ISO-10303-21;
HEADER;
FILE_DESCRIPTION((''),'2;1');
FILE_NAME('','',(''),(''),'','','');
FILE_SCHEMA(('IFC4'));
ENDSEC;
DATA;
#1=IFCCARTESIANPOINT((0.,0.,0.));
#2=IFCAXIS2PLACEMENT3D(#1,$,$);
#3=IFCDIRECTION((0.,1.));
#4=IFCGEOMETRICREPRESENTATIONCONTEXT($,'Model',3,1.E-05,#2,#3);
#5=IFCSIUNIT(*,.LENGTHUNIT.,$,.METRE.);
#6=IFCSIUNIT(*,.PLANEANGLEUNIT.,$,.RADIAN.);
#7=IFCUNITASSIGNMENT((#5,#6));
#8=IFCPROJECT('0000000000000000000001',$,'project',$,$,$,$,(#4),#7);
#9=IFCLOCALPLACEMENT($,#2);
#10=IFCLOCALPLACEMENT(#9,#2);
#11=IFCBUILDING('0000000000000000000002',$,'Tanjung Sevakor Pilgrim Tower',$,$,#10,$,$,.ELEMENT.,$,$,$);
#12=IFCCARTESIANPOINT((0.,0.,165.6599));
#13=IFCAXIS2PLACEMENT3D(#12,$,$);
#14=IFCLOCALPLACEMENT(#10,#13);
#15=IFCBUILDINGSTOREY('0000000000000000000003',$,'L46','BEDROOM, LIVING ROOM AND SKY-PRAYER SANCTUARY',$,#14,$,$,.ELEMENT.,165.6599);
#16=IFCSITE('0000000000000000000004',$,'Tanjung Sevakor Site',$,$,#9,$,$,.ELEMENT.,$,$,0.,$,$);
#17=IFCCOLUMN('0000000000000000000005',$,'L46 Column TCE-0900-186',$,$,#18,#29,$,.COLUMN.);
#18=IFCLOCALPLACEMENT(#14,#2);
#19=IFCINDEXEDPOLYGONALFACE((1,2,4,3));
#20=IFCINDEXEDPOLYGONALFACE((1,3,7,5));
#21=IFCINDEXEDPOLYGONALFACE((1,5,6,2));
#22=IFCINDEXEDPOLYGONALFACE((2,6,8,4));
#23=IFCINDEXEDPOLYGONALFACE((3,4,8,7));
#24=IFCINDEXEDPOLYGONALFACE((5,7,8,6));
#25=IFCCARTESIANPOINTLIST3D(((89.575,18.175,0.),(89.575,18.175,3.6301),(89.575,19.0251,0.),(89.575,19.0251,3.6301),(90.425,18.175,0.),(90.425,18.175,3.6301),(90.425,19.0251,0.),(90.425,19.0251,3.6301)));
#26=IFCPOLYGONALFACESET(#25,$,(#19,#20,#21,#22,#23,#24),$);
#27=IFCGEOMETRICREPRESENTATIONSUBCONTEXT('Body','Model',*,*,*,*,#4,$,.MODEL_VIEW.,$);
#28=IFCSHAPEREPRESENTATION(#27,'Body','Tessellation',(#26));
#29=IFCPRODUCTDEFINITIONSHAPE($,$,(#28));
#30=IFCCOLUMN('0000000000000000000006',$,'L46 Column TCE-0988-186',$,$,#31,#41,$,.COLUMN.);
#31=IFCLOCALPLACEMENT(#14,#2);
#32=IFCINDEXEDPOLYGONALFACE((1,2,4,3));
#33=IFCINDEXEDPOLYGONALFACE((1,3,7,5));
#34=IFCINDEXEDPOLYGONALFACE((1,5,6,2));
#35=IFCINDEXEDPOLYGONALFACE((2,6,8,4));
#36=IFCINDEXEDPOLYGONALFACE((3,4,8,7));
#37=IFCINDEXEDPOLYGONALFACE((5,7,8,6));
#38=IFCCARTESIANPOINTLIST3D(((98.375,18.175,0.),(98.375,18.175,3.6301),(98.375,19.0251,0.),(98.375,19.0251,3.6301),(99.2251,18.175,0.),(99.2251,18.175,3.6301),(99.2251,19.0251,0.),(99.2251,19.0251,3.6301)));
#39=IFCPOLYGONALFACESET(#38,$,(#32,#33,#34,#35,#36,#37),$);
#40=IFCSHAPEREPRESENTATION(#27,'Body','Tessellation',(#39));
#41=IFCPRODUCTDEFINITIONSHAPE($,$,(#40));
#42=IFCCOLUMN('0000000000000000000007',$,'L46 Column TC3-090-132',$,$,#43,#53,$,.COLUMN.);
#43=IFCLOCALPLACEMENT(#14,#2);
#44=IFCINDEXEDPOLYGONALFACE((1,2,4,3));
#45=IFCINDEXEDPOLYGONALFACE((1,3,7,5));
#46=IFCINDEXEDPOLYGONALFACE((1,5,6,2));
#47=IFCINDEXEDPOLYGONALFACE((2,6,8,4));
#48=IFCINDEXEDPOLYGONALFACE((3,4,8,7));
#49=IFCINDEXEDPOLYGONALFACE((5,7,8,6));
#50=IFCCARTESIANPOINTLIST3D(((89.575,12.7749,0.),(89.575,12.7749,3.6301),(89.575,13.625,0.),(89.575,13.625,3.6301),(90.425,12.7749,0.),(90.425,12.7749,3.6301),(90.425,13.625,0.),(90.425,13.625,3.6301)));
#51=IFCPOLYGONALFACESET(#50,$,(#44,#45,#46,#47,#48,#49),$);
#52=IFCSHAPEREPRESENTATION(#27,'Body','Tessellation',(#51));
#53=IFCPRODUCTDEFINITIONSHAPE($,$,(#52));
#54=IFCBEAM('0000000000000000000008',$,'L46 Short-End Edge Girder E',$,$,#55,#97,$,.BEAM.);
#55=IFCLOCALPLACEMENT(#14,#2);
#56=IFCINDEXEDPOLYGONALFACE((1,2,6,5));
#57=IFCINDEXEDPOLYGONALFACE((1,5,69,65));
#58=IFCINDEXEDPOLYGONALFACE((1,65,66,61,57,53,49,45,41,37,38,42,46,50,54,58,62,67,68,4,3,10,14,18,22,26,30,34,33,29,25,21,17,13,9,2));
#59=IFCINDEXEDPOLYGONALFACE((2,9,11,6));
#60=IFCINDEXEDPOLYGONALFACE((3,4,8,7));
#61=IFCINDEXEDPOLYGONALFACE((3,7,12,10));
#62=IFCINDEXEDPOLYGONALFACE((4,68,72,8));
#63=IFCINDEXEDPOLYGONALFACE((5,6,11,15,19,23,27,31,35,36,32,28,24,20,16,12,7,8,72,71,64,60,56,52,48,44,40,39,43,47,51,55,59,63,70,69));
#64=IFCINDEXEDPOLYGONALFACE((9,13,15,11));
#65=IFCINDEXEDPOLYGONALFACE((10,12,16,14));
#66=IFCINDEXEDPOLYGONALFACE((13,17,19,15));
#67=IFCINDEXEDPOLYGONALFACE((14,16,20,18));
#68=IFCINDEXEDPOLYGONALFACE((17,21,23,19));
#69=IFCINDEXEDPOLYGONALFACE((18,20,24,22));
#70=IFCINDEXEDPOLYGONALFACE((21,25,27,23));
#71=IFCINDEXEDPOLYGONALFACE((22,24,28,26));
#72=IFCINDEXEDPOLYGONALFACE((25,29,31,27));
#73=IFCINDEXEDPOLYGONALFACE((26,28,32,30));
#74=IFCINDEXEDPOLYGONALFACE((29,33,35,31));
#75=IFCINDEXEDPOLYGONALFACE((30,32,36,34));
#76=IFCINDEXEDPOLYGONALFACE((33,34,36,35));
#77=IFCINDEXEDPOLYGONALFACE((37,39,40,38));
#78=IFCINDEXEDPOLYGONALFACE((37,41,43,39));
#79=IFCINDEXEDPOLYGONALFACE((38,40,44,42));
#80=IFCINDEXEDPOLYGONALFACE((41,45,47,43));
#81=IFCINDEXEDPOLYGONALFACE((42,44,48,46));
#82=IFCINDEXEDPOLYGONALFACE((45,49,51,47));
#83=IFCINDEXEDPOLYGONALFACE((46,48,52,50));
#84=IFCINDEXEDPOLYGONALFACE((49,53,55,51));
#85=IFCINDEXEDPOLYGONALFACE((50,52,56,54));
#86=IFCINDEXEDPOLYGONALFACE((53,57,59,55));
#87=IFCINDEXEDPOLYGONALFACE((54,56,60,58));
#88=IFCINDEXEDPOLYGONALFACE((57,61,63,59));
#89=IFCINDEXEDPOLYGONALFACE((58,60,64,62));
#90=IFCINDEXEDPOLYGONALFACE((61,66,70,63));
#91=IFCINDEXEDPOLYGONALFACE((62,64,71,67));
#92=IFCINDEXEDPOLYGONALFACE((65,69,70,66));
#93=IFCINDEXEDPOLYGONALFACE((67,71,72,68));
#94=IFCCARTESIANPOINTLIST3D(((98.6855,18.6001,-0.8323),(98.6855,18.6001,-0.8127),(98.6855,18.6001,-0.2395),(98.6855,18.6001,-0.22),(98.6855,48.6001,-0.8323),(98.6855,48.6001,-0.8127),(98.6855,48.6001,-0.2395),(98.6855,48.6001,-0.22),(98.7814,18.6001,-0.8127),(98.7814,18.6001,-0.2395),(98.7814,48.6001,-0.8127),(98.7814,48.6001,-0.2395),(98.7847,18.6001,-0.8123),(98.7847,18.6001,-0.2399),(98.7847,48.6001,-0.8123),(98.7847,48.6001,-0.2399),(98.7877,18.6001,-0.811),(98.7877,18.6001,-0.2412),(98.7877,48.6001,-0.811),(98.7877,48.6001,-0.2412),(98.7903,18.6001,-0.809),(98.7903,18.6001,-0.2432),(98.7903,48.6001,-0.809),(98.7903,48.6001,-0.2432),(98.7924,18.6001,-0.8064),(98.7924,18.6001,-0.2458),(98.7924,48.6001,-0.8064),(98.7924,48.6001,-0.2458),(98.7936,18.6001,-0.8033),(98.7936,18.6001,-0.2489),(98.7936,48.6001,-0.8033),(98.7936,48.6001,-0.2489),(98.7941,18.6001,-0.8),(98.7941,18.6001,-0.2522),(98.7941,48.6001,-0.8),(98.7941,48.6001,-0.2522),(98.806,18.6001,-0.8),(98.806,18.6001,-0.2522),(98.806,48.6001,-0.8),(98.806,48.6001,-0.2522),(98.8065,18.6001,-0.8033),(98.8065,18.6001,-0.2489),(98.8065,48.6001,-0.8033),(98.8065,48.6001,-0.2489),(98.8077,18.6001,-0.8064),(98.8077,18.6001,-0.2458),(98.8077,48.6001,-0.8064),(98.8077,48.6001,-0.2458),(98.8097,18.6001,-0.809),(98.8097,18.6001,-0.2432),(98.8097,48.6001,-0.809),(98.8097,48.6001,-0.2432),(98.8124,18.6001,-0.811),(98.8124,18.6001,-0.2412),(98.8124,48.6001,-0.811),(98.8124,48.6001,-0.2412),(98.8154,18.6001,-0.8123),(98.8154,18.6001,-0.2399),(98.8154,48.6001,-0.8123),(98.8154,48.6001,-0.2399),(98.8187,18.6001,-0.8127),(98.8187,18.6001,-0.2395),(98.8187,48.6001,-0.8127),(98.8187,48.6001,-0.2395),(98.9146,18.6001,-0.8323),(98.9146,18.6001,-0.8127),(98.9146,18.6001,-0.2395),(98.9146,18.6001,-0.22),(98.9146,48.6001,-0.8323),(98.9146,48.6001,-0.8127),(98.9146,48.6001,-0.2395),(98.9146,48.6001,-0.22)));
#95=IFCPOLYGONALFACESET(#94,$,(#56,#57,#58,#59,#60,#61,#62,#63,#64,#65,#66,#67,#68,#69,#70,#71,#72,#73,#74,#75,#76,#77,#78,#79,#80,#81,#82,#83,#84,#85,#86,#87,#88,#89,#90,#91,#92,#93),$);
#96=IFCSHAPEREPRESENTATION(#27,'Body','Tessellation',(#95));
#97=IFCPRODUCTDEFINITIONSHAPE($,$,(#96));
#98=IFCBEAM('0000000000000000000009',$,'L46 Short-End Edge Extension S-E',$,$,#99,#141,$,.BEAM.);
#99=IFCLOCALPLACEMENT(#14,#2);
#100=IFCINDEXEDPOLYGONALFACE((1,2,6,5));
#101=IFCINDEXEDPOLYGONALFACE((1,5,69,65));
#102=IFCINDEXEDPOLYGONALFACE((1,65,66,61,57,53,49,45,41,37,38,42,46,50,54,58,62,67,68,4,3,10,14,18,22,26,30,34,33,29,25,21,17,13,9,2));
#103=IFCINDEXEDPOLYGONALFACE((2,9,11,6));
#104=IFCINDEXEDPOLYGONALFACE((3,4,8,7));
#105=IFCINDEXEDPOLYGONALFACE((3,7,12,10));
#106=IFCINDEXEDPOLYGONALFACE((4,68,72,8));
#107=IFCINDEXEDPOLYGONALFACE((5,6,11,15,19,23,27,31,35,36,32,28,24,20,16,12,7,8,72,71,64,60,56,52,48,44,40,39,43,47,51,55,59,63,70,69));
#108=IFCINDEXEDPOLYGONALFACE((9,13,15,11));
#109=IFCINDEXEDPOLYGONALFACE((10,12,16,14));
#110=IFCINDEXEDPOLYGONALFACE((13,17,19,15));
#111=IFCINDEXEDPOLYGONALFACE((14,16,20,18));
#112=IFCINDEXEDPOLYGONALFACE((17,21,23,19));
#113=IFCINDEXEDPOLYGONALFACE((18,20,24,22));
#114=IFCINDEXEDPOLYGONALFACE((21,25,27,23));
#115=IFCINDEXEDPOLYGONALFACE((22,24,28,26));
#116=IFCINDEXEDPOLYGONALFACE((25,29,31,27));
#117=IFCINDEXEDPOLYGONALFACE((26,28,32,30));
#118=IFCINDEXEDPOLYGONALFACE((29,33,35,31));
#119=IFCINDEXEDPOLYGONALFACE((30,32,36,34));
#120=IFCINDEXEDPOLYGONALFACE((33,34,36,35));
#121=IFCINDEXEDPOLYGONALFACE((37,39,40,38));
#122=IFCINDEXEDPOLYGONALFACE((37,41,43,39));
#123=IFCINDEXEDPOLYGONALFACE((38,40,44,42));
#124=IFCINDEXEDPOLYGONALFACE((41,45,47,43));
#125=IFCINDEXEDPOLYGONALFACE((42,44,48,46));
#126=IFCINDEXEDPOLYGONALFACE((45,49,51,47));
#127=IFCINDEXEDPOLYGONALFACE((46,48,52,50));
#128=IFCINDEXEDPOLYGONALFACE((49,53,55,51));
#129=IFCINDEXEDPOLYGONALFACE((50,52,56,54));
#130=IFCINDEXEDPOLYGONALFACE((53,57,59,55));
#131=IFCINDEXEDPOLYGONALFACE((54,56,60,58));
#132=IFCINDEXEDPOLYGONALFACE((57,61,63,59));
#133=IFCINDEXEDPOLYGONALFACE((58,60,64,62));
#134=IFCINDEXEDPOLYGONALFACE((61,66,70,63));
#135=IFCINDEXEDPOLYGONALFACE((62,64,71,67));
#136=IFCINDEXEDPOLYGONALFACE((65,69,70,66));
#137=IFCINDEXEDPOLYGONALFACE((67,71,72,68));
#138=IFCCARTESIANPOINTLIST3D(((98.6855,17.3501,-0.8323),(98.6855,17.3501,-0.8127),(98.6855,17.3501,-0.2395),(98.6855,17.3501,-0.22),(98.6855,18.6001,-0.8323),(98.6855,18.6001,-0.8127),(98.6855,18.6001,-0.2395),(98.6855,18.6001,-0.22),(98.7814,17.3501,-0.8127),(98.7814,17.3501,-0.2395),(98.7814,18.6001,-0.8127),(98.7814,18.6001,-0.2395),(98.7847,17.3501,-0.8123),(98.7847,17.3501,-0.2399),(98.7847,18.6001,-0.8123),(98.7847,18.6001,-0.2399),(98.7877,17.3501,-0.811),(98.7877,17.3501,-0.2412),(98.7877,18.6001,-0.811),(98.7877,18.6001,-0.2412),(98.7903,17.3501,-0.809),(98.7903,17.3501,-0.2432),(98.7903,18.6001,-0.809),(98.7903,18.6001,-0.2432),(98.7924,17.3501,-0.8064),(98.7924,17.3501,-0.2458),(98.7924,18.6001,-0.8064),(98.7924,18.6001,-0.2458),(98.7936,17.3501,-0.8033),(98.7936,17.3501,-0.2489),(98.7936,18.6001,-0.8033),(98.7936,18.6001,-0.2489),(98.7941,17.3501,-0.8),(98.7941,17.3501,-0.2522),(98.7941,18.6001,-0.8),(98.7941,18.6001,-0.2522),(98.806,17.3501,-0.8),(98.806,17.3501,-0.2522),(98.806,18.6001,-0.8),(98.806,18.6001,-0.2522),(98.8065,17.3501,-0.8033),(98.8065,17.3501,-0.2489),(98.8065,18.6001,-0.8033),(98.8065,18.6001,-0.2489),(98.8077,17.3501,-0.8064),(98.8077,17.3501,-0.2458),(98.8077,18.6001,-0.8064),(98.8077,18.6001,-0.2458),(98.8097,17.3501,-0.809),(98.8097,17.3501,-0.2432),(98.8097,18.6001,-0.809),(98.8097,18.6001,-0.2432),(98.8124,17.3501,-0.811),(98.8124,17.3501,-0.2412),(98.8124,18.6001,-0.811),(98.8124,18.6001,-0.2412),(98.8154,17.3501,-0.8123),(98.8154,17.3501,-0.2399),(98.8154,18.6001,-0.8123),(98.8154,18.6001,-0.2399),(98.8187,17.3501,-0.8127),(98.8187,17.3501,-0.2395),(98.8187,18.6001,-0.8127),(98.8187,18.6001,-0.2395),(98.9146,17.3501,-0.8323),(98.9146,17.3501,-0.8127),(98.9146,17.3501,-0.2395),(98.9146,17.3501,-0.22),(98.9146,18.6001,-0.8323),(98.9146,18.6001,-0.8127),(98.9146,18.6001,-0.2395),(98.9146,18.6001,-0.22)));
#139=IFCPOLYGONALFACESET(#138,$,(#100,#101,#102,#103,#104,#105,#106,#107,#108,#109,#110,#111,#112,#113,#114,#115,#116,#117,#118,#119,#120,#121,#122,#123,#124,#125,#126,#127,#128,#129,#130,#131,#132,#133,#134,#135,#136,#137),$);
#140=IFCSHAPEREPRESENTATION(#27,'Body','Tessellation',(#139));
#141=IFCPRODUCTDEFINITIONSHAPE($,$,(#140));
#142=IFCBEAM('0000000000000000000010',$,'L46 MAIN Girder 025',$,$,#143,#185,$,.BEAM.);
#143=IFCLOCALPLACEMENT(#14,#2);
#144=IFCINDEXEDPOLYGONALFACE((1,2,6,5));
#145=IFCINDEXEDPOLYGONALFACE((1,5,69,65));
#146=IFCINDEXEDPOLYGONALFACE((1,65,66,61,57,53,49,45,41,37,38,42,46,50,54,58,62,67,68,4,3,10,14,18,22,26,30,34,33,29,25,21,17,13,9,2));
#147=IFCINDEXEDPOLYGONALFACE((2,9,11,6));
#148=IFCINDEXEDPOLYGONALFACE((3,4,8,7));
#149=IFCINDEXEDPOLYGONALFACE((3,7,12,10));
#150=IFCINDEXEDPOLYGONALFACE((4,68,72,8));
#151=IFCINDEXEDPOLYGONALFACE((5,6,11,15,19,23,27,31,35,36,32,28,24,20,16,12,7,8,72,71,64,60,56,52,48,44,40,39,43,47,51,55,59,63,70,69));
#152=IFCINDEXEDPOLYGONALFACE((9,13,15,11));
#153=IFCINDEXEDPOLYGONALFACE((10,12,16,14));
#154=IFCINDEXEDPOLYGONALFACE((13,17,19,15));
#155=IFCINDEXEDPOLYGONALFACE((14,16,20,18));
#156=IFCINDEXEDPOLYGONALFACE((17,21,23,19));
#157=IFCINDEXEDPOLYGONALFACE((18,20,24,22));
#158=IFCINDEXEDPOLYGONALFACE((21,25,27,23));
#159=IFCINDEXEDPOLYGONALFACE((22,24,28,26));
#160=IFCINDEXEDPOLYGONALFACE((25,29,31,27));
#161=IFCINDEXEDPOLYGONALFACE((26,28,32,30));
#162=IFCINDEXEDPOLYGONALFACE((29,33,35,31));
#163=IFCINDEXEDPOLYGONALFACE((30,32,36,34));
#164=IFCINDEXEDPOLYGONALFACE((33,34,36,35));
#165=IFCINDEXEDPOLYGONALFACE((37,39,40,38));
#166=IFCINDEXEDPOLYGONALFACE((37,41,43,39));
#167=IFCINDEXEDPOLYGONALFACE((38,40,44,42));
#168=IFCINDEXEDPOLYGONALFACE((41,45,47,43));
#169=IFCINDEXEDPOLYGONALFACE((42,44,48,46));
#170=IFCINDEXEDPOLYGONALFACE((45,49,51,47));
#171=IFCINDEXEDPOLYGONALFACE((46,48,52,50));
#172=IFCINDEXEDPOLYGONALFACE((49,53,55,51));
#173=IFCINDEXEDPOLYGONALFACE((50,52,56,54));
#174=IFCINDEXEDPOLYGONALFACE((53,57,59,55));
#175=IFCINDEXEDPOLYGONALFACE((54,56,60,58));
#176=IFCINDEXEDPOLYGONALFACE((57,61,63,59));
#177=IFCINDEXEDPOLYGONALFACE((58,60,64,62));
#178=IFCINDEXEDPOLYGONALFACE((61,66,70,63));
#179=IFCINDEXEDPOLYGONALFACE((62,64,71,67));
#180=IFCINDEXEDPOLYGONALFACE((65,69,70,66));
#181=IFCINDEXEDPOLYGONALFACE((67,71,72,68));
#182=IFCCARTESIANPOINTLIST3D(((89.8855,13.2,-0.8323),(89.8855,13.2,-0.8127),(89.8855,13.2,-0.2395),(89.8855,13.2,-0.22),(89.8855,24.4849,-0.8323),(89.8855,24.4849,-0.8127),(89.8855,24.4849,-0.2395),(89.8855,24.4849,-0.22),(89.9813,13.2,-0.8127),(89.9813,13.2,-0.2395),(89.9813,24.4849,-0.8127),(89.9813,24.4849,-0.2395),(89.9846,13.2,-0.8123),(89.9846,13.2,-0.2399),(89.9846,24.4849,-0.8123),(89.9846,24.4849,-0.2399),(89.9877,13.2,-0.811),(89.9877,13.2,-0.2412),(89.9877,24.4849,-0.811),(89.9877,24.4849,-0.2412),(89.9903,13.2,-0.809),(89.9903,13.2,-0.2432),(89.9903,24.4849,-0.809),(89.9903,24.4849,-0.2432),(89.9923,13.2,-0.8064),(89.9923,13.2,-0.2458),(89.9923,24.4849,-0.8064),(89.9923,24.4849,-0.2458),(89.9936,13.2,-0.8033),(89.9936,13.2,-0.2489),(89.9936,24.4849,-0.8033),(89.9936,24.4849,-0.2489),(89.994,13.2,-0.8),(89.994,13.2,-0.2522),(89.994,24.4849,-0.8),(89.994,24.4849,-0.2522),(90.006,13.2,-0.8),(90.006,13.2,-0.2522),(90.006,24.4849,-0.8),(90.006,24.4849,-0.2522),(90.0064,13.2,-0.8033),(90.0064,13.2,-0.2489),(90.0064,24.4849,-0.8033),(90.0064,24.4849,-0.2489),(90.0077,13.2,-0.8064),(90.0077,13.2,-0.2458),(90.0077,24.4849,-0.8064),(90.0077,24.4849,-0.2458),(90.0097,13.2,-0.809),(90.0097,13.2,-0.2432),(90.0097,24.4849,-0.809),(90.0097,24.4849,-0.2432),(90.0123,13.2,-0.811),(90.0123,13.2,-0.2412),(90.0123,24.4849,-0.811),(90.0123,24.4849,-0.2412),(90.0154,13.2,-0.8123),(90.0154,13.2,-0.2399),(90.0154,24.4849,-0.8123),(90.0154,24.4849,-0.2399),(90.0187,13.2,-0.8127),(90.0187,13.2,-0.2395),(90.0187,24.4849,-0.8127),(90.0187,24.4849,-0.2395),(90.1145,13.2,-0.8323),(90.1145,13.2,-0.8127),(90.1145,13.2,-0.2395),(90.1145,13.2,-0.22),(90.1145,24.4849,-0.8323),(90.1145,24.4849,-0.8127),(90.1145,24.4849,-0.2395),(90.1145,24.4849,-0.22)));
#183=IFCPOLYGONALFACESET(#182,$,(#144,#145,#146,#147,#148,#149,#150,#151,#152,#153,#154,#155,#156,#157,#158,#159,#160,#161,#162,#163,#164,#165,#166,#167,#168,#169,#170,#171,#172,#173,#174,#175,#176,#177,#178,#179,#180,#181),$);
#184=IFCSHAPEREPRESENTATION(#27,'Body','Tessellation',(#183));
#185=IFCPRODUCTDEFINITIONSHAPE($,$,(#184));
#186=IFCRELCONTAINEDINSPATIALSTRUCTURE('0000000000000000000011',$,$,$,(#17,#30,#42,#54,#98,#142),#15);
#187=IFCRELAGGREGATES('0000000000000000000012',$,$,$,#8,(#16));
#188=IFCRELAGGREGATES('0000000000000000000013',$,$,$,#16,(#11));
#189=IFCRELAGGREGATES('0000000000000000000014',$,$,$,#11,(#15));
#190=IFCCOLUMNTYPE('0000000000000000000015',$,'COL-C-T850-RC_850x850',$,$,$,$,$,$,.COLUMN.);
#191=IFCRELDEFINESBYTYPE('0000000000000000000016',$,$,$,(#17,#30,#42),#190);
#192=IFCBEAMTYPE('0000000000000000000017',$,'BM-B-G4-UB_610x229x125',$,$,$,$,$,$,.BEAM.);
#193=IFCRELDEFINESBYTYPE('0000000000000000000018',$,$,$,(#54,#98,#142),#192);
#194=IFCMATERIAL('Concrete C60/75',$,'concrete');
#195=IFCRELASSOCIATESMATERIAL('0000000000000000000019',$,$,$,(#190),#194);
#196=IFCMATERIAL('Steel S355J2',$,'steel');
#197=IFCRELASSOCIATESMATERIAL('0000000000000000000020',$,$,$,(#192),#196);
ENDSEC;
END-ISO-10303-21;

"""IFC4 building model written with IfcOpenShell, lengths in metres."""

from ifc_helpers import new_model, si_unit, direction, frame, origin, origin_2d, place, context, subcontext, project, spatial, rectangle, i_section, extrude, material, material_profile, profile_set, type_object, element, save


model = new_model("IFC4")

# Units and contexts
model_context = context("Model", 3, precision=1e-05, world=origin(), true_north=direction((0.0, 1.0)))
body_context = subcontext(model_context, "Body", "Model", "MODEL_VIEW")
ifc_project = project(units=[si_unit("LENGTHUNIT", "METRE"), si_unit("PLANEANGLEUNIT", "RADIAN")], contexts=[model_context])

# Site, building, storey
site_placement = place(None, origin())
site = spatial("IfcSite", under=ifc_project, at=site_placement, Name="Tanjung Sevakor Site", CompositionType="ELEMENT", RefElevation=0.0)
building_placement = place(site_placement, origin())
building = spatial("IfcBuilding", under=site, at=building_placement, Name="Tanjung Sevakor Pilgrim Tower", CompositionType="ELEMENT")
storey_placement = place(building_placement, frame((0.0, 0.0, 165.6599)))
storey = spatial("IfcBuildingStorey", under=building, at=storey_placement, Name="L46", Description="BEDROOM, LIVING ROOM AND SKY-PRAYER SANCTUARY", CompositionType="ELEMENT", Elevation=165.6599)

# Columns
ifc_material_1 = material(Name="Concrete C60/75", Category="concrete")
ifc_material_profile_1 = material_profile(ifc_material_1, rectangle(XDim=0.8501, YDim=0.8501, at=origin_2d()))
ifc_profile_set_1 = profile_set([ifc_material_profile_1], Name="Concrete C60/75")
column_type = type_object("IfcColumnType", Name="COL-C-T850-RC_850x850", PredefinedType="COLUMN", material=ifc_profile_set_1)
for number, where, z_axis, x_axis, name in (
    (1, (90.0, 18.6001, 0.0), (0.0, 0.0, 1.0), (1.0, 0.0, 0.0), "L46 Column TCE-0900-186"),
    (2, (98.8, 18.6001, 0.0), (0.0, 0.0, 1.0), (1.0, 0.0, 0.0), "L46 Column TCE-0988-186"),
    (3, (90.0, 13.2, 0.0), (0.0, 0.0, 1.0), (1.0, 0.0, 0.0), "L46 Column TC3-090-132"),
):
    element("IfcColumn", number, at=place(storey_placement, frame(where, z_axis=z_axis, x_axis=x_axis)), inside=storey, type_object=column_type, Name=name, PredefinedType="COLUMN", context=body_context, shape_type="SweptSolid", body=[
        extrude(rectangle(XDim=0.8501, YDim=0.8501, at=origin_2d()), origin(), (0.0, 0.0, 1.0), 3.6301),
    ])

# Beams
ifc_material_2 = material(Name="Steel S355J2", Category="steel")
ifc_material_profile_2 = material_profile(ifc_material_2, i_section(OverallWidth=0.229, OverallDepth=0.6123, WebThickness=0.012, FlangeThickness=0.0195, FilletRadius=0.0127, at=origin_2d()))
ifc_profile_set_2 = profile_set([ifc_material_profile_2], Name="Steel S355J2")
beam_type_1 = type_object("IfcBeamType", Name="BM-B-G4-UB_610x229x125", PredefinedType="BEAM", material=ifc_profile_set_2)
beam_1_placement = place(storey_placement, frame((98.8, 18.6001, -0.5261), z_axis=(0.0, 1.0, 0.0), x_axis=(-1.0, 0.0, 0.0)))
element("IfcBeam", 4, at=beam_1_placement, inside=storey, type_object=beam_type_1, Name="L46 Short-End Edge Girder E", PredefinedType="BEAM", context=body_context, shape_type="SweptSolid", body=[
    extrude(i_section(OverallWidth=0.229, OverallDepth=0.6123, WebThickness=0.012, FlangeThickness=0.0195, FilletRadius=0.0127, at=origin_2d()), origin(), (0.0, 0.0, 1.0), 30.0),
])
beam_2_placement = place(storey_placement, frame((98.8, 18.6001, -0.5261), z_axis=(0.0, -1.0, 0.0), x_axis=(1.0, 0.0, 0.0)))
element("IfcBeam", 5, at=beam_2_placement, inside=storey, type_object=beam_type_1, Name="L46 Short-End Edge Extension S-E", PredefinedType="BEAM", context=body_context, shape_type="SweptSolid", body=[
    extrude(i_section(OverallWidth=0.229, OverallDepth=0.6123, WebThickness=0.012, FlangeThickness=0.0195, FilletRadius=0.0127, at=origin_2d()), origin(), (0.0, 0.0, 1.0), 1.25),
])
beam_3_placement = place(storey_placement, frame((90.0, 13.2, -0.5261), z_axis=(0.0, 1.0, 0.0), x_axis=(-1.0, 0.0, 0.0)))
element("IfcBeam", 6, at=beam_3_placement, inside=storey, type_object=beam_type_1, Name="L46 MAIN Girder 025", PredefinedType="BEAM", context=body_context, shape_type="SweptSolid", body=[
    extrude(i_section(OverallWidth=0.229, OverallDepth=0.6123, WebThickness=0.012, FlangeThickness=0.0195, FilletRadius=0.0127, at=origin_2d()), origin(), (0.0, 0.0, 1.0), 11.2849),
])

save(model, "model.ifc")
